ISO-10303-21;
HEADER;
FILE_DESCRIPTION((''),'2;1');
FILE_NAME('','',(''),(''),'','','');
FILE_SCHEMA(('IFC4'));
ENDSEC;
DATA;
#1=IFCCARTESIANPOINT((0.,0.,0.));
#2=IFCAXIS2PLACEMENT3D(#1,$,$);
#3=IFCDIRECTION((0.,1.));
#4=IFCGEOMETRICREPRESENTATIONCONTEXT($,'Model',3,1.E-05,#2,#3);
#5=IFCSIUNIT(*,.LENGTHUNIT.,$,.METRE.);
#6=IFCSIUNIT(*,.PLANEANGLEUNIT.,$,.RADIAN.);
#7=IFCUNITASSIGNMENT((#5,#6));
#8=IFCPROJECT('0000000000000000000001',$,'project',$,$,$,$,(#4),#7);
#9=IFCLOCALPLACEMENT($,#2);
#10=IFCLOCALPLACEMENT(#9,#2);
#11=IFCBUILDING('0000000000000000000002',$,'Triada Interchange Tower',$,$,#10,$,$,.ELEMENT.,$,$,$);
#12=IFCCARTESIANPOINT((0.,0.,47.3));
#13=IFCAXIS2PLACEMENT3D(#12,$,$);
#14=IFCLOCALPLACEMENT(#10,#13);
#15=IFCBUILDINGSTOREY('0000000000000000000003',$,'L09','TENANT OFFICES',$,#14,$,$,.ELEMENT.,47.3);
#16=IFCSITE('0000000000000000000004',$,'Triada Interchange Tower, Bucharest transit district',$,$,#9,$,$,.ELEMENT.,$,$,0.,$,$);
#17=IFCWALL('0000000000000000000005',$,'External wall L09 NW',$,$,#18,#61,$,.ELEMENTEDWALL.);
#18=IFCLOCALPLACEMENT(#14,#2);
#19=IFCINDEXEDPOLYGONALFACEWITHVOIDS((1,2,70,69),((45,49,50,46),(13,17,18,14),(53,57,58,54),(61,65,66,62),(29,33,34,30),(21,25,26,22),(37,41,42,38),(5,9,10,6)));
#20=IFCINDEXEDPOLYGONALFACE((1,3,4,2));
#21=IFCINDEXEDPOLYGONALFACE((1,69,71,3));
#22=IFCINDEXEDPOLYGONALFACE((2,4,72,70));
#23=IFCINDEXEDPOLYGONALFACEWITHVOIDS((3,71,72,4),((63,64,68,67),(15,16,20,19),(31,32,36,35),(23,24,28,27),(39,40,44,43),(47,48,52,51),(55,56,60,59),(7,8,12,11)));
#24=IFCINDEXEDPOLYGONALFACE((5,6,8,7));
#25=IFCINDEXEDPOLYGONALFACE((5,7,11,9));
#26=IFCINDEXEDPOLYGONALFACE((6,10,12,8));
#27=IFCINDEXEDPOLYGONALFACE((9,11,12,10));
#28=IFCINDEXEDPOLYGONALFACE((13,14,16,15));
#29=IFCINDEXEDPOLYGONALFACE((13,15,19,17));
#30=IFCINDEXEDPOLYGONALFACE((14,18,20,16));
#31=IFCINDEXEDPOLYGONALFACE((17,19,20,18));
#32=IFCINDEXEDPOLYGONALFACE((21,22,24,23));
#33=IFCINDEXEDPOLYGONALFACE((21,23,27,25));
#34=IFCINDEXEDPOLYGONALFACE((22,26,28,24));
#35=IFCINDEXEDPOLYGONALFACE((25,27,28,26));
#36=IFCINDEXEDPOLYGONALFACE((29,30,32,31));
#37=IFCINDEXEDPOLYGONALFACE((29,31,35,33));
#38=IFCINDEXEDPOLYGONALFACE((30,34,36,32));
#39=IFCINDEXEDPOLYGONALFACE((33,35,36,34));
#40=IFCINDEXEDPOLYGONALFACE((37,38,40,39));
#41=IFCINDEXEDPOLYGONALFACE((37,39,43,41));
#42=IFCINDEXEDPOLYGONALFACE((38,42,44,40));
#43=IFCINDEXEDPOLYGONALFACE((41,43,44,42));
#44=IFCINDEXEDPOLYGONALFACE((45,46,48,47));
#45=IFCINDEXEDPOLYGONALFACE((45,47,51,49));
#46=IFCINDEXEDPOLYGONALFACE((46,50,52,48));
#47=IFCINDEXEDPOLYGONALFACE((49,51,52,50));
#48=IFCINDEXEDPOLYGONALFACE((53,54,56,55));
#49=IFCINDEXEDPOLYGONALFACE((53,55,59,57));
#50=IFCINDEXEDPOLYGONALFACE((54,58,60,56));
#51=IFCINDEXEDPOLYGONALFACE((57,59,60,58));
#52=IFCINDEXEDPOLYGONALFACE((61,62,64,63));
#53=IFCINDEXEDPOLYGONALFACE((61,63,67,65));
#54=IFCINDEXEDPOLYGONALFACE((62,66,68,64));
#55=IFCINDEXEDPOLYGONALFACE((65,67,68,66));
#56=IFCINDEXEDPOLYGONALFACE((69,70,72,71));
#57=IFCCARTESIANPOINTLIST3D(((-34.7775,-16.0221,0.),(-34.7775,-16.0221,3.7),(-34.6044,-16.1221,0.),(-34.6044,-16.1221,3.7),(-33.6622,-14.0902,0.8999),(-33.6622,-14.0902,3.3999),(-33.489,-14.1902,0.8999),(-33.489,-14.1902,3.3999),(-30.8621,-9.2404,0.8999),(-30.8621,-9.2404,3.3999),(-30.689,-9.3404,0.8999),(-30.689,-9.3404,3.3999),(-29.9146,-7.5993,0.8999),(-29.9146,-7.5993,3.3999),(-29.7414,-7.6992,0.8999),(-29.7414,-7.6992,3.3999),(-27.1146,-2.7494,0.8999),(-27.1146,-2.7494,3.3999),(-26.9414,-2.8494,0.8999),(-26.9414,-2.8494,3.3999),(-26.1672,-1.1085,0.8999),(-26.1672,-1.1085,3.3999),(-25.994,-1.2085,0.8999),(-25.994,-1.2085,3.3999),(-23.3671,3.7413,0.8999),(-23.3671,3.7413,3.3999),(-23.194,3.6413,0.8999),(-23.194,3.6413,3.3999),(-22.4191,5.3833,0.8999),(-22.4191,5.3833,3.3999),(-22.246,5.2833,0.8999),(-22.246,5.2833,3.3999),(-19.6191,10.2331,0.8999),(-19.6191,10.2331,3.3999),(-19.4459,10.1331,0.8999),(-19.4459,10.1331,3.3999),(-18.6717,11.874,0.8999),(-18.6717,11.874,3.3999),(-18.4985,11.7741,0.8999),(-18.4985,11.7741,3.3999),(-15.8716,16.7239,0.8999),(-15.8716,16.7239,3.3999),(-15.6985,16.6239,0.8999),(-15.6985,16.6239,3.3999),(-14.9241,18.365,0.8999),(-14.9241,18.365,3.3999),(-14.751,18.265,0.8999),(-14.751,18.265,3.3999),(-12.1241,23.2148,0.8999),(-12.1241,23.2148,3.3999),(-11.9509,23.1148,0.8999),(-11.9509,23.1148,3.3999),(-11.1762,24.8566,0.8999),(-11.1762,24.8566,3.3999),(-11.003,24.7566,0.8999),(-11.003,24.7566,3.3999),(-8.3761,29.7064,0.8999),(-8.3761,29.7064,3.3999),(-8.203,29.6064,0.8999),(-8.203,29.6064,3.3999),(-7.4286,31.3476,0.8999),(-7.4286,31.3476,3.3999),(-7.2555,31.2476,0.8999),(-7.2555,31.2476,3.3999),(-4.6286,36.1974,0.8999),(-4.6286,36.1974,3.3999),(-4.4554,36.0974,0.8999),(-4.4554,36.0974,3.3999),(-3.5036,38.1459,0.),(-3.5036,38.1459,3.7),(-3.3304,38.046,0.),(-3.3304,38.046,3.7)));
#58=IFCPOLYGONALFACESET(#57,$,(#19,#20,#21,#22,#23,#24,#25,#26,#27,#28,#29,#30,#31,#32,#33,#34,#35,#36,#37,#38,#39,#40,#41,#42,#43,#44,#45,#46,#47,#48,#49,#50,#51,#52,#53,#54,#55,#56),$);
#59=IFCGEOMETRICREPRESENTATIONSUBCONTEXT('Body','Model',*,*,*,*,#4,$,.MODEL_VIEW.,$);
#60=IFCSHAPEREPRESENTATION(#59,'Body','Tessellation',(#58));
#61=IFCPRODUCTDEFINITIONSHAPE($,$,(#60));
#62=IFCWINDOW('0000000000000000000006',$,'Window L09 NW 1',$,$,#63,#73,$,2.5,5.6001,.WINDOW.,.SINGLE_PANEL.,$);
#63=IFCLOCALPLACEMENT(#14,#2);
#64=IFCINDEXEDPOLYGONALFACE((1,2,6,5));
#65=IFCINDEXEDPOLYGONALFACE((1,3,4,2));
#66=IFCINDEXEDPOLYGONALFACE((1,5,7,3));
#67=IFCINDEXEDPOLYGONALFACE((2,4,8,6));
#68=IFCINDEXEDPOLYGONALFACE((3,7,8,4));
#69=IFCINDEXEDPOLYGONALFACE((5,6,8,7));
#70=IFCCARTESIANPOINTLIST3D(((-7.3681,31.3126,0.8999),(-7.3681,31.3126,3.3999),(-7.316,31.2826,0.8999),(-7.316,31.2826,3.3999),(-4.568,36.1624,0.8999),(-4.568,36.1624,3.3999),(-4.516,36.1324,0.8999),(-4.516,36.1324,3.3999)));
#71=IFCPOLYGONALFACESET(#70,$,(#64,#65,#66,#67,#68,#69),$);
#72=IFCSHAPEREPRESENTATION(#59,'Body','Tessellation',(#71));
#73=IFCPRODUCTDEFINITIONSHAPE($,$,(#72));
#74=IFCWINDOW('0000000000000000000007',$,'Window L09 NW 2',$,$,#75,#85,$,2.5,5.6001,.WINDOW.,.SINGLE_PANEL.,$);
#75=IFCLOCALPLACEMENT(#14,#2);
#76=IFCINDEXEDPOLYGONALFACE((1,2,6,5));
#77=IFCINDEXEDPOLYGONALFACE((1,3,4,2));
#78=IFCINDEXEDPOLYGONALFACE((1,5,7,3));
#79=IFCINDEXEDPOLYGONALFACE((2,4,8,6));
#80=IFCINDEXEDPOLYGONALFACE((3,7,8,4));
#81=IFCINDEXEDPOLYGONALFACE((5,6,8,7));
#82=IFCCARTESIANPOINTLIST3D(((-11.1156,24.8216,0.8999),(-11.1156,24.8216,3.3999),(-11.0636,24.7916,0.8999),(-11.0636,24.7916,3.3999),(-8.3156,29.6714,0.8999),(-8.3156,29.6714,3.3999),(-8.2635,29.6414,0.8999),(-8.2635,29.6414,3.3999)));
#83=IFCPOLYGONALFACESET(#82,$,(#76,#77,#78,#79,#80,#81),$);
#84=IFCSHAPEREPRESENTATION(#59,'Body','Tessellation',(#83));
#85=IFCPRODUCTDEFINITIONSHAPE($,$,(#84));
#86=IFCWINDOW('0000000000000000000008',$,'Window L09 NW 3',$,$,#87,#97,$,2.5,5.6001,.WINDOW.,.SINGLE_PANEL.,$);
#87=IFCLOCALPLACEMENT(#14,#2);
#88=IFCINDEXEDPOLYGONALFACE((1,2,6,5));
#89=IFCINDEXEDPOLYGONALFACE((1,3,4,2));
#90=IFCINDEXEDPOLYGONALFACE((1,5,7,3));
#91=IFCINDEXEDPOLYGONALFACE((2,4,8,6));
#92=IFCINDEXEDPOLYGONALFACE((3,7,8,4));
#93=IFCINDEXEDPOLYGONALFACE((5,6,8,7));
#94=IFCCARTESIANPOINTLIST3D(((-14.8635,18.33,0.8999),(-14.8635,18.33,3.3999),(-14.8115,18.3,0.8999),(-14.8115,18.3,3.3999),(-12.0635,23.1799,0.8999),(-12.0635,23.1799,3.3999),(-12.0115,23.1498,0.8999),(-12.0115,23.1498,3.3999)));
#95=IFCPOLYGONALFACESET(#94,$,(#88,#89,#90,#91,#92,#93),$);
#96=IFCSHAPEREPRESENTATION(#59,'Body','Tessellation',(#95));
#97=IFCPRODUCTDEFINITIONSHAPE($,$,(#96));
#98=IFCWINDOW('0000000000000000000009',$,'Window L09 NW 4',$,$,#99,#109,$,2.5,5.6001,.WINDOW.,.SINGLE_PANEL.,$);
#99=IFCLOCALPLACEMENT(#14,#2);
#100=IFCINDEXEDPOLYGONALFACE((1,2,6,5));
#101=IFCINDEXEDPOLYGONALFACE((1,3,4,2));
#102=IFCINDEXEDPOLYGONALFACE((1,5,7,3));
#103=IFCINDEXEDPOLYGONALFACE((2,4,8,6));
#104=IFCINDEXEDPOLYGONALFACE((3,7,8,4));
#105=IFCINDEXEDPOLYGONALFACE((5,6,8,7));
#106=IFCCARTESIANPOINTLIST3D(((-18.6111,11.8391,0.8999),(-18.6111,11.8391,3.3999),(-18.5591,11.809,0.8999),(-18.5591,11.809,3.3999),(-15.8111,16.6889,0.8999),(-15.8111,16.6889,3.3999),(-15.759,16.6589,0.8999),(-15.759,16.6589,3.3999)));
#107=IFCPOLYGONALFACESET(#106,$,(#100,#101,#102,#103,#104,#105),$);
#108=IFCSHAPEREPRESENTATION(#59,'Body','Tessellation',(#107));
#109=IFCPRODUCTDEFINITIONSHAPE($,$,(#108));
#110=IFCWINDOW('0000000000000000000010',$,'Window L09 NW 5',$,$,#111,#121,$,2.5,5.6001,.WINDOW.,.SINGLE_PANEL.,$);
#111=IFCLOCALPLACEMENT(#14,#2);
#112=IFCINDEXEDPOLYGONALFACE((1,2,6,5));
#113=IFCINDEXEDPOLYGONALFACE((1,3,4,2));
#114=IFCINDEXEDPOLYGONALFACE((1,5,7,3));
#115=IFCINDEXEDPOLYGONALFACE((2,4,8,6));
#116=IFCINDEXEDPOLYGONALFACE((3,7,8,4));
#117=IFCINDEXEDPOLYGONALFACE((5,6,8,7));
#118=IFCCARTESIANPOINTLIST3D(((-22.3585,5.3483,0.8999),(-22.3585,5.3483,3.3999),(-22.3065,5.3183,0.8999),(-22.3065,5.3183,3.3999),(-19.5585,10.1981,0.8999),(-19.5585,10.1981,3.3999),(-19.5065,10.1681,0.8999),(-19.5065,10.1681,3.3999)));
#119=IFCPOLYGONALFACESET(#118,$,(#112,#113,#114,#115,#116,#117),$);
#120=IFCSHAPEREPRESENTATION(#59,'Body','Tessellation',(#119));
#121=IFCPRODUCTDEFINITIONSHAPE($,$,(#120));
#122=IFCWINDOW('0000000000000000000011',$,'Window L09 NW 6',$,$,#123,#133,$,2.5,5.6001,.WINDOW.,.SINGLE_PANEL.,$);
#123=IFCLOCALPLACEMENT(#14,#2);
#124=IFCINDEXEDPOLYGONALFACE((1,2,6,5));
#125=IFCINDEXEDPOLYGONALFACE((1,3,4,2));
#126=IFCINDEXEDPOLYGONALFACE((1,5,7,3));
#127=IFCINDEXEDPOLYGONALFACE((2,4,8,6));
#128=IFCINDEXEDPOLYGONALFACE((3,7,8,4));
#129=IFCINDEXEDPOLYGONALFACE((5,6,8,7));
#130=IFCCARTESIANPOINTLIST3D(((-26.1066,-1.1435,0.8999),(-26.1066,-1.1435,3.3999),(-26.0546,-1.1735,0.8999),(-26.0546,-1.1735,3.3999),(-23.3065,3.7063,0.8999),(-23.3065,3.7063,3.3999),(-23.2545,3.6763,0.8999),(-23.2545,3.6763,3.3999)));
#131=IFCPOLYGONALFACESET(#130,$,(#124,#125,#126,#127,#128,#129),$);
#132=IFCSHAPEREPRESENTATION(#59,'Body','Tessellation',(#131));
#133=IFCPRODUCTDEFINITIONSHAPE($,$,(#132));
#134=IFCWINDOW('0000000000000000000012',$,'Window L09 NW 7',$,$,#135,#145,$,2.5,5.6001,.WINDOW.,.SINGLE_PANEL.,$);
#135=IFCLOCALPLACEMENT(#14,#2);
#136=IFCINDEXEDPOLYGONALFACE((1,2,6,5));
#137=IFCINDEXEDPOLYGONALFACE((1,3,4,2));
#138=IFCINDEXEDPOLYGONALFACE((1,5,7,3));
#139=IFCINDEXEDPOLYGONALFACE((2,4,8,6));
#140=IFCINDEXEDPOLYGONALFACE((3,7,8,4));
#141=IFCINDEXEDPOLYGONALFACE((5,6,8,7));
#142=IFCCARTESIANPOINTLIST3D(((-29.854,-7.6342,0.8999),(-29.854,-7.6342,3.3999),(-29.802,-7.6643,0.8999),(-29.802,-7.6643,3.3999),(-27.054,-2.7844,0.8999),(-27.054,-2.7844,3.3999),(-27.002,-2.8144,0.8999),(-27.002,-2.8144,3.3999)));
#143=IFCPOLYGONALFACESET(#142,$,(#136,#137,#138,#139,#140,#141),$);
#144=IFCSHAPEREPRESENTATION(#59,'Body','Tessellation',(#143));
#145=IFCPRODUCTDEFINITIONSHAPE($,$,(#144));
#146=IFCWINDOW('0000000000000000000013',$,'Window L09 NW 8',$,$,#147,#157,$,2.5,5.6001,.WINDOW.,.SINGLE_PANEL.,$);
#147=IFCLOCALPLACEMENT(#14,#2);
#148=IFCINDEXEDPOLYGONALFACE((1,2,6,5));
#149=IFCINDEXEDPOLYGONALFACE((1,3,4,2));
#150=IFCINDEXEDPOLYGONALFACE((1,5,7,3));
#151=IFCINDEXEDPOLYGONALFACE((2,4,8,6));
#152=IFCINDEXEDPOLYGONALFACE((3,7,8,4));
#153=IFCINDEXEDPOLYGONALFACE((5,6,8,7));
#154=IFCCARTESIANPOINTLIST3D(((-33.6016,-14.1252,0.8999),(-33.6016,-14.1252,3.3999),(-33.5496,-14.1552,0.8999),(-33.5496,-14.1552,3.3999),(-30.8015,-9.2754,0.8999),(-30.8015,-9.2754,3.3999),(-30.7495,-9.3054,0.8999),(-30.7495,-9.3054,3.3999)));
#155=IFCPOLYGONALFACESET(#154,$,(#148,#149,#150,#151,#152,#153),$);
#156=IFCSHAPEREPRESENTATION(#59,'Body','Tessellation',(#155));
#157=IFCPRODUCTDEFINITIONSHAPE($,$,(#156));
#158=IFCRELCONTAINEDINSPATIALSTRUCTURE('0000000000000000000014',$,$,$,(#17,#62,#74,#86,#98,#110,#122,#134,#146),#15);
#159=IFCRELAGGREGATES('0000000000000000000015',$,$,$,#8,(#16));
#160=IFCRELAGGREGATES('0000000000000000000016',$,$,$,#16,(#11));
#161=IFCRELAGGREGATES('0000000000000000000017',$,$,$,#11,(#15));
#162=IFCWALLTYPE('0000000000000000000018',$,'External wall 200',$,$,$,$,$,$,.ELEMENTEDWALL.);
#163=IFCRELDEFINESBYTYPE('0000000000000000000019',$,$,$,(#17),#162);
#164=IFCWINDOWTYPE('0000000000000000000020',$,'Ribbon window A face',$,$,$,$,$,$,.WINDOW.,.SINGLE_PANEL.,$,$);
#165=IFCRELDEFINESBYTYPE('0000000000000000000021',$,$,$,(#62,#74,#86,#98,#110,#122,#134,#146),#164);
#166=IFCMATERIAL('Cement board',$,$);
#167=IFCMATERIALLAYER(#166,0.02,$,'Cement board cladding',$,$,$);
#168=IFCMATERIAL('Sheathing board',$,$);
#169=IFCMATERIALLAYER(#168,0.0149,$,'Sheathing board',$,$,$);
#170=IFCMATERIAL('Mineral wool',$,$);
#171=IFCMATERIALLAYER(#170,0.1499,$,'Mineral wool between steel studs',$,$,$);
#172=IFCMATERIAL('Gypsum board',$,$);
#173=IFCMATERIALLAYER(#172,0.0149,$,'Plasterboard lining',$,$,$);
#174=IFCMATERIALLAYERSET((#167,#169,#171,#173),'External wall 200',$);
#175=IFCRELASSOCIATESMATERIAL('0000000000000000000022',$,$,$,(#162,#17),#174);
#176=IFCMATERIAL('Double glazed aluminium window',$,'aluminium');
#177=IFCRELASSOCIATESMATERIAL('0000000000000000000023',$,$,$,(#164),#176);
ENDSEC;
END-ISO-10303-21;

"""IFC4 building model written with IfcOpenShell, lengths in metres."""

from ifc_helpers import new_model, si_unit, direction, frame, frame_2d, origin, place, context, subcontext, project, spatial, rectangle, extrude, material, layer, layer_set, layer_usage, type_object, element, fill, save


model = new_model("IFC4")

# Units and contexts
model_context = context("Model", 3, precision=1e-05, world=origin(), true_north=direction((0.0, 1.0)))
body_context = subcontext(model_context, "Body", "Model", "MODEL_VIEW")
ifc_project = project(units=[si_unit("LENGTHUNIT", "METRE"), si_unit("PLANEANGLEUNIT", "RADIAN")], contexts=[model_context])

# Site, building, storey
site_placement = place(None, origin())
site = spatial("IfcSite", under=ifc_project, at=site_placement, Name="Triada Interchange Tower, Bucharest transit district", CompositionType="ELEMENT", RefElevation=0.0)
building_placement = place(site_placement, origin())
building = spatial("IfcBuilding", under=site, at=building_placement, Name="Triada Interchange Tower", CompositionType="ELEMENT")
storey_placement = place(building_placement, frame((0.0, 0.0, 47.3)))
storey = spatial("IfcBuildingStorey", under=building, at=storey_placement, Name="L09", Description="TENANT OFFICES", CompositionType="ELEMENT", Elevation=47.3)

# Wall, openings, windows
ifc_material_1 = material(Name="Cement board")
ifc_layer_1 = layer(ifc_material_1, 0.02, Name="Cement board cladding")
ifc_material_2 = material(Name="Sheathing board")
ifc_layer_2 = layer(ifc_material_2, 0.0149, Name="Sheathing board")
ifc_material_3 = material(Name="Mineral wool")
ifc_layer_3 = layer(ifc_material_3, 0.1499, Name="Mineral wool between steel studs")
ifc_material_4 = material(Name="Gypsum board")
ifc_layer_4 = layer(ifc_material_4, 0.0149, Name="Plasterboard lining")
ifc_layer_set_1 = layer_set([ifc_layer_1, ifc_layer_2, ifc_layer_3, ifc_layer_4], Name="External wall 200")
ifc_layer_usage = layer_usage(ifc_layer_set_1, "AXIS2", "POSITIVE", -0.1001)
wall_type_1 = type_object("IfcWallType", Name="External wall 200", PredefinedType="ELEMENTEDWALL", material=ifc_layer_set_1)
wall_1_placement = place(storey_placement, frame((-3.417, 38.0959, 0.0), z_axis=(0.0, 0.0, 1.0), x_axis=(-0.5, -0.866025, 0.0)))
wall_1 = element("IfcWall", 1, at=wall_1_placement, inside=storey, type_object=wall_type_1, material=ifc_layer_usage, Name="External wall L09 NW", PredefinedType="ELEMENTEDWALL", context=body_context, shape_type="SweptSolid", body=[
    extrude(rectangle(XDim=62.5479, YDim=0.2, at=frame_2d((31.2739, 0.0))), origin(), (0.0, 0.0, 1.0), 3.7),
])
opening_1_placement = place(wall_1_placement, frame((2.25, 0.0, 0.8999)))
opening_1 = element("IfcOpeningElement", 2, at=opening_1_placement, cuts=wall_1, PredefinedType="OPENING", context=body_context, shape_type="SweptSolid", body=[
    extrude(rectangle(XDim=5.6001, YDim=2.5, at=frame_2d((2.8, 1.25))), frame((0.0, 0.1099, 0.0), z_axis=(0.0, -1.0, 0.0), x_axis=(1.0, 0.0, 0.0)), (0.0, 0.0, 1.0), 0.22),
])
opening_2_placement = place(wall_1_placement, frame((9.7451, 0.0, 0.8999)))
opening_2 = element("IfcOpeningElement", 3, at=opening_2_placement, cuts=wall_1, PredefinedType="OPENING", context=body_context, shape_type="SweptSolid", body=[
    extrude(rectangle(XDim=5.6001, YDim=2.5, at=frame_2d((2.8, 1.25))), frame((0.0, 0.1099, 0.0), z_axis=(0.0, -1.0, 0.0), x_axis=(1.0, 0.0, 0.0)), (0.0, 0.0, 1.0), 0.22),
])
opening_3_placement = place(wall_1_placement, frame((17.241, 0.0, 0.8999)))
opening_3 = element("IfcOpeningElement", 4, at=opening_3_placement, cuts=wall_1, PredefinedType="OPENING", context=body_context, shape_type="SweptSolid", body=[
    extrude(rectangle(XDim=5.6001, YDim=2.5, at=frame_2d((2.8, 1.25))), frame((0.0, 0.1099, 0.0), z_axis=(0.0, -1.0, 0.0), x_axis=(1.0, 0.0, 0.0)), (0.0, 0.0, 1.0), 0.22),
])
opening_4_placement = place(wall_1_placement, frame((24.7361, 0.0, 0.8999)))
opening_4 = element("IfcOpeningElement", 5, at=opening_4_placement, cuts=wall_1, PredefinedType="OPENING", context=body_context, shape_type="SweptSolid", body=[
    extrude(rectangle(XDim=5.6001, YDim=2.5, at=frame_2d((2.8, 1.25))), frame((0.0, 0.1099, 0.0), z_axis=(0.0, -1.0, 0.0), x_axis=(1.0, 0.0, 0.0)), (0.0, 0.0, 1.0), 0.22),
])
opening_5_placement = place(wall_1_placement, frame((32.231, 0.0, 0.8999)))
opening_5 = element("IfcOpeningElement", 6, at=opening_5_placement, cuts=wall_1, PredefinedType="OPENING", context=body_context, shape_type="SweptSolid", body=[
    extrude(rectangle(XDim=5.6001, YDim=2.5, at=frame_2d((2.8, 1.25))), frame((0.0, 0.1099, 0.0), z_axis=(0.0, -1.0, 0.0), x_axis=(1.0, 0.0, 0.0)), (0.0, 0.0, 1.0), 0.22),
])
opening_6_placement = place(wall_1_placement, frame((39.7271, 0.0, 0.8999)))
opening_6 = element("IfcOpeningElement", 7, at=opening_6_placement, cuts=wall_1, PredefinedType="OPENING", context=body_context, shape_type="SweptSolid", body=[
    extrude(rectangle(XDim=5.6001, YDim=2.5, at=frame_2d((2.8, 1.25))), frame((0.0, 0.1099, 0.0), z_axis=(0.0, -1.0, 0.0), x_axis=(1.0, 0.0, 0.0)), (0.0, 0.0, 1.0), 0.22),
])
opening_7_placement = place(wall_1_placement, frame((47.2219, 0.0, 0.8999)))
opening_7 = element("IfcOpeningElement", 8, at=opening_7_placement, cuts=wall_1, PredefinedType="OPENING", context=body_context, shape_type="SweptSolid", body=[
    extrude(rectangle(XDim=5.6001, YDim=2.5, at=frame_2d((2.8, 1.25))), frame((0.0, 0.1099, 0.0), z_axis=(0.0, -1.0, 0.0), x_axis=(1.0, 0.0, 0.0)), (0.0, 0.0, 1.0), 0.22),
])
opening_8_placement = place(wall_1_placement, frame((54.717, 0.0, 0.8999)))
opening_8 = element("IfcOpeningElement", 9, at=opening_8_placement, cuts=wall_1, PredefinedType="OPENING", context=body_context, shape_type="SweptSolid", body=[
    extrude(rectangle(XDim=5.6001, YDim=2.5, at=frame_2d((2.8, 1.25))), frame((0.0, 0.1099, 0.0), z_axis=(0.0, -1.0, 0.0), x_axis=(1.0, 0.0, 0.0)), (0.0, 0.0, 1.0), 0.22),
])
ifc_material_5 = material(Name="Double glazed aluminium window", Category="aluminium")
window_type = type_object("IfcWindowType", Name="Ribbon window A face", PartitioningType="SINGLE_PANEL", PredefinedType="WINDOW", material=ifc_material_5)
window_1_placement = place(opening_1_placement, origin())
window_1 = element("IfcWindow", 10, at=window_1_placement, inside=storey, type_object=window_type, Name="Window L09 NW 1", OverallHeight=2.5, OverallWidth=5.6001, PartitioningType="SINGLE_PANEL", PredefinedType="WINDOW", context=body_context, shape_type="SweptSolid", body=[
    extrude(rectangle(XDim=5.6001, YDim=2.5, at=frame_2d((2.8, 1.25))), frame((0.0, 0.03, 0.0), z_axis=(0.0, -1.0, 0.0), x_axis=(1.0, 0.0, 0.0)), (0.0, 0.0, 1.0), 0.0601),
])
fill(opening_1, window_1)
window_2_placement = place(opening_2_placement, origin())
window_2 = element("IfcWindow", 11, at=window_2_placement, inside=storey, type_object=window_type, Name="Window L09 NW 2", OverallHeight=2.5, OverallWidth=5.6001, PartitioningType="SINGLE_PANEL", PredefinedType="WINDOW", context=body_context, shape_type="SweptSolid", body=[
    extrude(rectangle(XDim=5.6001, YDim=2.5, at=frame_2d((2.8, 1.25))), frame((0.0, 0.03, 0.0), z_axis=(0.0, -1.0, 0.0), x_axis=(1.0, 0.0, 0.0)), (0.0, 0.0, 1.0), 0.0601),
])
fill(opening_2, window_2)
window_3_placement = place(opening_3_placement, origin())
window_3 = element("IfcWindow", 12, at=window_3_placement, inside=storey, type_object=window_type, Name="Window L09 NW 3", OverallHeight=2.5, OverallWidth=5.6001, PartitioningType="SINGLE_PANEL", PredefinedType="WINDOW", context=body_context, shape_type="SweptSolid", body=[
    extrude(rectangle(XDim=5.6001, YDim=2.5, at=frame_2d((2.8, 1.25))), frame((0.0, 0.03, 0.0), z_axis=(0.0, -1.0, 0.0), x_axis=(1.0, 0.0, 0.0)), (0.0, 0.0, 1.0), 0.0601),
])
fill(opening_3, window_3)
window_4_placement = place(opening_4_placement, origin())
window_4 = element("IfcWindow", 13, at=window_4_placement, inside=storey, type_object=window_type, Name="Window L09 NW 4", OverallHeight=2.5, OverallWidth=5.6001, PartitioningType="SINGLE_PANEL", PredefinedType="WINDOW", context=body_context, shape_type="SweptSolid", body=[
    extrude(rectangle(XDim=5.6001, YDim=2.5, at=frame_2d((2.8, 1.25))), frame((0.0, 0.03, 0.0), z_axis=(0.0, -1.0, 0.0), x_axis=(1.0, 0.0, 0.0)), (0.0, 0.0, 1.0), 0.0601),
])
fill(opening_4, window_4)
window_5_placement = place(opening_5_placement, origin())
window_5 = element("IfcWindow", 14, at=window_5_placement, inside=storey, type_object=window_type, Name="Window L09 NW 5", OverallHeight=2.5, OverallWidth=5.6001, PartitioningType="SINGLE_PANEL", PredefinedType="WINDOW", context=body_context, shape_type="SweptSolid", body=[
    extrude(rectangle(XDim=5.6001, YDim=2.5, at=frame_2d((2.8, 1.25))), frame((0.0, 0.03, 0.0), z_axis=(0.0, -1.0, 0.0), x_axis=(1.0, 0.0, 0.0)), (0.0, 0.0, 1.0), 0.0601),
])
fill(opening_5, window_5)
window_6_placement = place(opening_6_placement, origin())
window_6 = element("IfcWindow", 15, at=window_6_placement, inside=storey, type_object=window_type, Name="Window L09 NW 6", OverallHeight=2.5, OverallWidth=5.6001, PartitioningType="SINGLE_PANEL", PredefinedType="WINDOW", context=body_context, shape_type="SweptSolid", body=[
    extrude(rectangle(XDim=5.6001, YDim=2.5, at=frame_2d((2.8, 1.25))), frame((0.0, 0.03, 0.0), z_axis=(0.0, -1.0, 0.0), x_axis=(1.0, 0.0, 0.0)), (0.0, 0.0, 1.0), 0.0601),
])
fill(opening_6, window_6)
window_7_placement = place(opening_7_placement, origin())
window_7 = element("IfcWindow", 16, at=window_7_placement, inside=storey, type_object=window_type, Name="Window L09 NW 7", OverallHeight=2.5, OverallWidth=5.6001, PartitioningType="SINGLE_PANEL", PredefinedType="WINDOW", context=body_context, shape_type="SweptSolid", body=[
    extrude(rectangle(XDim=5.6001, YDim=2.5, at=frame_2d((2.8, 1.25))), frame((0.0, 0.03, 0.0), z_axis=(0.0, -1.0, 0.0), x_axis=(1.0, 0.0, 0.0)), (0.0, 0.0, 1.0), 0.0601),
])
fill(opening_7, window_7)
window_8_placement = place(opening_8_placement, origin())
window_8 = element("IfcWindow", 17, at=window_8_placement, inside=storey, type_object=window_type, Name="Window L09 NW 8", OverallHeight=2.5, OverallWidth=5.6001, PartitioningType="SINGLE_PANEL", PredefinedType="WINDOW", context=body_context, shape_type="SweptSolid", body=[
    extrude(rectangle(XDim=5.6001, YDim=2.5, at=frame_2d((2.8, 1.25))), frame((0.0, 0.03, 0.0), z_axis=(0.0, -1.0, 0.0), x_axis=(1.0, 0.0, 0.0)), (0.0, 0.0, 1.0), 0.0601),
])
fill(opening_8, window_8)

save(model, "model.ifc")
